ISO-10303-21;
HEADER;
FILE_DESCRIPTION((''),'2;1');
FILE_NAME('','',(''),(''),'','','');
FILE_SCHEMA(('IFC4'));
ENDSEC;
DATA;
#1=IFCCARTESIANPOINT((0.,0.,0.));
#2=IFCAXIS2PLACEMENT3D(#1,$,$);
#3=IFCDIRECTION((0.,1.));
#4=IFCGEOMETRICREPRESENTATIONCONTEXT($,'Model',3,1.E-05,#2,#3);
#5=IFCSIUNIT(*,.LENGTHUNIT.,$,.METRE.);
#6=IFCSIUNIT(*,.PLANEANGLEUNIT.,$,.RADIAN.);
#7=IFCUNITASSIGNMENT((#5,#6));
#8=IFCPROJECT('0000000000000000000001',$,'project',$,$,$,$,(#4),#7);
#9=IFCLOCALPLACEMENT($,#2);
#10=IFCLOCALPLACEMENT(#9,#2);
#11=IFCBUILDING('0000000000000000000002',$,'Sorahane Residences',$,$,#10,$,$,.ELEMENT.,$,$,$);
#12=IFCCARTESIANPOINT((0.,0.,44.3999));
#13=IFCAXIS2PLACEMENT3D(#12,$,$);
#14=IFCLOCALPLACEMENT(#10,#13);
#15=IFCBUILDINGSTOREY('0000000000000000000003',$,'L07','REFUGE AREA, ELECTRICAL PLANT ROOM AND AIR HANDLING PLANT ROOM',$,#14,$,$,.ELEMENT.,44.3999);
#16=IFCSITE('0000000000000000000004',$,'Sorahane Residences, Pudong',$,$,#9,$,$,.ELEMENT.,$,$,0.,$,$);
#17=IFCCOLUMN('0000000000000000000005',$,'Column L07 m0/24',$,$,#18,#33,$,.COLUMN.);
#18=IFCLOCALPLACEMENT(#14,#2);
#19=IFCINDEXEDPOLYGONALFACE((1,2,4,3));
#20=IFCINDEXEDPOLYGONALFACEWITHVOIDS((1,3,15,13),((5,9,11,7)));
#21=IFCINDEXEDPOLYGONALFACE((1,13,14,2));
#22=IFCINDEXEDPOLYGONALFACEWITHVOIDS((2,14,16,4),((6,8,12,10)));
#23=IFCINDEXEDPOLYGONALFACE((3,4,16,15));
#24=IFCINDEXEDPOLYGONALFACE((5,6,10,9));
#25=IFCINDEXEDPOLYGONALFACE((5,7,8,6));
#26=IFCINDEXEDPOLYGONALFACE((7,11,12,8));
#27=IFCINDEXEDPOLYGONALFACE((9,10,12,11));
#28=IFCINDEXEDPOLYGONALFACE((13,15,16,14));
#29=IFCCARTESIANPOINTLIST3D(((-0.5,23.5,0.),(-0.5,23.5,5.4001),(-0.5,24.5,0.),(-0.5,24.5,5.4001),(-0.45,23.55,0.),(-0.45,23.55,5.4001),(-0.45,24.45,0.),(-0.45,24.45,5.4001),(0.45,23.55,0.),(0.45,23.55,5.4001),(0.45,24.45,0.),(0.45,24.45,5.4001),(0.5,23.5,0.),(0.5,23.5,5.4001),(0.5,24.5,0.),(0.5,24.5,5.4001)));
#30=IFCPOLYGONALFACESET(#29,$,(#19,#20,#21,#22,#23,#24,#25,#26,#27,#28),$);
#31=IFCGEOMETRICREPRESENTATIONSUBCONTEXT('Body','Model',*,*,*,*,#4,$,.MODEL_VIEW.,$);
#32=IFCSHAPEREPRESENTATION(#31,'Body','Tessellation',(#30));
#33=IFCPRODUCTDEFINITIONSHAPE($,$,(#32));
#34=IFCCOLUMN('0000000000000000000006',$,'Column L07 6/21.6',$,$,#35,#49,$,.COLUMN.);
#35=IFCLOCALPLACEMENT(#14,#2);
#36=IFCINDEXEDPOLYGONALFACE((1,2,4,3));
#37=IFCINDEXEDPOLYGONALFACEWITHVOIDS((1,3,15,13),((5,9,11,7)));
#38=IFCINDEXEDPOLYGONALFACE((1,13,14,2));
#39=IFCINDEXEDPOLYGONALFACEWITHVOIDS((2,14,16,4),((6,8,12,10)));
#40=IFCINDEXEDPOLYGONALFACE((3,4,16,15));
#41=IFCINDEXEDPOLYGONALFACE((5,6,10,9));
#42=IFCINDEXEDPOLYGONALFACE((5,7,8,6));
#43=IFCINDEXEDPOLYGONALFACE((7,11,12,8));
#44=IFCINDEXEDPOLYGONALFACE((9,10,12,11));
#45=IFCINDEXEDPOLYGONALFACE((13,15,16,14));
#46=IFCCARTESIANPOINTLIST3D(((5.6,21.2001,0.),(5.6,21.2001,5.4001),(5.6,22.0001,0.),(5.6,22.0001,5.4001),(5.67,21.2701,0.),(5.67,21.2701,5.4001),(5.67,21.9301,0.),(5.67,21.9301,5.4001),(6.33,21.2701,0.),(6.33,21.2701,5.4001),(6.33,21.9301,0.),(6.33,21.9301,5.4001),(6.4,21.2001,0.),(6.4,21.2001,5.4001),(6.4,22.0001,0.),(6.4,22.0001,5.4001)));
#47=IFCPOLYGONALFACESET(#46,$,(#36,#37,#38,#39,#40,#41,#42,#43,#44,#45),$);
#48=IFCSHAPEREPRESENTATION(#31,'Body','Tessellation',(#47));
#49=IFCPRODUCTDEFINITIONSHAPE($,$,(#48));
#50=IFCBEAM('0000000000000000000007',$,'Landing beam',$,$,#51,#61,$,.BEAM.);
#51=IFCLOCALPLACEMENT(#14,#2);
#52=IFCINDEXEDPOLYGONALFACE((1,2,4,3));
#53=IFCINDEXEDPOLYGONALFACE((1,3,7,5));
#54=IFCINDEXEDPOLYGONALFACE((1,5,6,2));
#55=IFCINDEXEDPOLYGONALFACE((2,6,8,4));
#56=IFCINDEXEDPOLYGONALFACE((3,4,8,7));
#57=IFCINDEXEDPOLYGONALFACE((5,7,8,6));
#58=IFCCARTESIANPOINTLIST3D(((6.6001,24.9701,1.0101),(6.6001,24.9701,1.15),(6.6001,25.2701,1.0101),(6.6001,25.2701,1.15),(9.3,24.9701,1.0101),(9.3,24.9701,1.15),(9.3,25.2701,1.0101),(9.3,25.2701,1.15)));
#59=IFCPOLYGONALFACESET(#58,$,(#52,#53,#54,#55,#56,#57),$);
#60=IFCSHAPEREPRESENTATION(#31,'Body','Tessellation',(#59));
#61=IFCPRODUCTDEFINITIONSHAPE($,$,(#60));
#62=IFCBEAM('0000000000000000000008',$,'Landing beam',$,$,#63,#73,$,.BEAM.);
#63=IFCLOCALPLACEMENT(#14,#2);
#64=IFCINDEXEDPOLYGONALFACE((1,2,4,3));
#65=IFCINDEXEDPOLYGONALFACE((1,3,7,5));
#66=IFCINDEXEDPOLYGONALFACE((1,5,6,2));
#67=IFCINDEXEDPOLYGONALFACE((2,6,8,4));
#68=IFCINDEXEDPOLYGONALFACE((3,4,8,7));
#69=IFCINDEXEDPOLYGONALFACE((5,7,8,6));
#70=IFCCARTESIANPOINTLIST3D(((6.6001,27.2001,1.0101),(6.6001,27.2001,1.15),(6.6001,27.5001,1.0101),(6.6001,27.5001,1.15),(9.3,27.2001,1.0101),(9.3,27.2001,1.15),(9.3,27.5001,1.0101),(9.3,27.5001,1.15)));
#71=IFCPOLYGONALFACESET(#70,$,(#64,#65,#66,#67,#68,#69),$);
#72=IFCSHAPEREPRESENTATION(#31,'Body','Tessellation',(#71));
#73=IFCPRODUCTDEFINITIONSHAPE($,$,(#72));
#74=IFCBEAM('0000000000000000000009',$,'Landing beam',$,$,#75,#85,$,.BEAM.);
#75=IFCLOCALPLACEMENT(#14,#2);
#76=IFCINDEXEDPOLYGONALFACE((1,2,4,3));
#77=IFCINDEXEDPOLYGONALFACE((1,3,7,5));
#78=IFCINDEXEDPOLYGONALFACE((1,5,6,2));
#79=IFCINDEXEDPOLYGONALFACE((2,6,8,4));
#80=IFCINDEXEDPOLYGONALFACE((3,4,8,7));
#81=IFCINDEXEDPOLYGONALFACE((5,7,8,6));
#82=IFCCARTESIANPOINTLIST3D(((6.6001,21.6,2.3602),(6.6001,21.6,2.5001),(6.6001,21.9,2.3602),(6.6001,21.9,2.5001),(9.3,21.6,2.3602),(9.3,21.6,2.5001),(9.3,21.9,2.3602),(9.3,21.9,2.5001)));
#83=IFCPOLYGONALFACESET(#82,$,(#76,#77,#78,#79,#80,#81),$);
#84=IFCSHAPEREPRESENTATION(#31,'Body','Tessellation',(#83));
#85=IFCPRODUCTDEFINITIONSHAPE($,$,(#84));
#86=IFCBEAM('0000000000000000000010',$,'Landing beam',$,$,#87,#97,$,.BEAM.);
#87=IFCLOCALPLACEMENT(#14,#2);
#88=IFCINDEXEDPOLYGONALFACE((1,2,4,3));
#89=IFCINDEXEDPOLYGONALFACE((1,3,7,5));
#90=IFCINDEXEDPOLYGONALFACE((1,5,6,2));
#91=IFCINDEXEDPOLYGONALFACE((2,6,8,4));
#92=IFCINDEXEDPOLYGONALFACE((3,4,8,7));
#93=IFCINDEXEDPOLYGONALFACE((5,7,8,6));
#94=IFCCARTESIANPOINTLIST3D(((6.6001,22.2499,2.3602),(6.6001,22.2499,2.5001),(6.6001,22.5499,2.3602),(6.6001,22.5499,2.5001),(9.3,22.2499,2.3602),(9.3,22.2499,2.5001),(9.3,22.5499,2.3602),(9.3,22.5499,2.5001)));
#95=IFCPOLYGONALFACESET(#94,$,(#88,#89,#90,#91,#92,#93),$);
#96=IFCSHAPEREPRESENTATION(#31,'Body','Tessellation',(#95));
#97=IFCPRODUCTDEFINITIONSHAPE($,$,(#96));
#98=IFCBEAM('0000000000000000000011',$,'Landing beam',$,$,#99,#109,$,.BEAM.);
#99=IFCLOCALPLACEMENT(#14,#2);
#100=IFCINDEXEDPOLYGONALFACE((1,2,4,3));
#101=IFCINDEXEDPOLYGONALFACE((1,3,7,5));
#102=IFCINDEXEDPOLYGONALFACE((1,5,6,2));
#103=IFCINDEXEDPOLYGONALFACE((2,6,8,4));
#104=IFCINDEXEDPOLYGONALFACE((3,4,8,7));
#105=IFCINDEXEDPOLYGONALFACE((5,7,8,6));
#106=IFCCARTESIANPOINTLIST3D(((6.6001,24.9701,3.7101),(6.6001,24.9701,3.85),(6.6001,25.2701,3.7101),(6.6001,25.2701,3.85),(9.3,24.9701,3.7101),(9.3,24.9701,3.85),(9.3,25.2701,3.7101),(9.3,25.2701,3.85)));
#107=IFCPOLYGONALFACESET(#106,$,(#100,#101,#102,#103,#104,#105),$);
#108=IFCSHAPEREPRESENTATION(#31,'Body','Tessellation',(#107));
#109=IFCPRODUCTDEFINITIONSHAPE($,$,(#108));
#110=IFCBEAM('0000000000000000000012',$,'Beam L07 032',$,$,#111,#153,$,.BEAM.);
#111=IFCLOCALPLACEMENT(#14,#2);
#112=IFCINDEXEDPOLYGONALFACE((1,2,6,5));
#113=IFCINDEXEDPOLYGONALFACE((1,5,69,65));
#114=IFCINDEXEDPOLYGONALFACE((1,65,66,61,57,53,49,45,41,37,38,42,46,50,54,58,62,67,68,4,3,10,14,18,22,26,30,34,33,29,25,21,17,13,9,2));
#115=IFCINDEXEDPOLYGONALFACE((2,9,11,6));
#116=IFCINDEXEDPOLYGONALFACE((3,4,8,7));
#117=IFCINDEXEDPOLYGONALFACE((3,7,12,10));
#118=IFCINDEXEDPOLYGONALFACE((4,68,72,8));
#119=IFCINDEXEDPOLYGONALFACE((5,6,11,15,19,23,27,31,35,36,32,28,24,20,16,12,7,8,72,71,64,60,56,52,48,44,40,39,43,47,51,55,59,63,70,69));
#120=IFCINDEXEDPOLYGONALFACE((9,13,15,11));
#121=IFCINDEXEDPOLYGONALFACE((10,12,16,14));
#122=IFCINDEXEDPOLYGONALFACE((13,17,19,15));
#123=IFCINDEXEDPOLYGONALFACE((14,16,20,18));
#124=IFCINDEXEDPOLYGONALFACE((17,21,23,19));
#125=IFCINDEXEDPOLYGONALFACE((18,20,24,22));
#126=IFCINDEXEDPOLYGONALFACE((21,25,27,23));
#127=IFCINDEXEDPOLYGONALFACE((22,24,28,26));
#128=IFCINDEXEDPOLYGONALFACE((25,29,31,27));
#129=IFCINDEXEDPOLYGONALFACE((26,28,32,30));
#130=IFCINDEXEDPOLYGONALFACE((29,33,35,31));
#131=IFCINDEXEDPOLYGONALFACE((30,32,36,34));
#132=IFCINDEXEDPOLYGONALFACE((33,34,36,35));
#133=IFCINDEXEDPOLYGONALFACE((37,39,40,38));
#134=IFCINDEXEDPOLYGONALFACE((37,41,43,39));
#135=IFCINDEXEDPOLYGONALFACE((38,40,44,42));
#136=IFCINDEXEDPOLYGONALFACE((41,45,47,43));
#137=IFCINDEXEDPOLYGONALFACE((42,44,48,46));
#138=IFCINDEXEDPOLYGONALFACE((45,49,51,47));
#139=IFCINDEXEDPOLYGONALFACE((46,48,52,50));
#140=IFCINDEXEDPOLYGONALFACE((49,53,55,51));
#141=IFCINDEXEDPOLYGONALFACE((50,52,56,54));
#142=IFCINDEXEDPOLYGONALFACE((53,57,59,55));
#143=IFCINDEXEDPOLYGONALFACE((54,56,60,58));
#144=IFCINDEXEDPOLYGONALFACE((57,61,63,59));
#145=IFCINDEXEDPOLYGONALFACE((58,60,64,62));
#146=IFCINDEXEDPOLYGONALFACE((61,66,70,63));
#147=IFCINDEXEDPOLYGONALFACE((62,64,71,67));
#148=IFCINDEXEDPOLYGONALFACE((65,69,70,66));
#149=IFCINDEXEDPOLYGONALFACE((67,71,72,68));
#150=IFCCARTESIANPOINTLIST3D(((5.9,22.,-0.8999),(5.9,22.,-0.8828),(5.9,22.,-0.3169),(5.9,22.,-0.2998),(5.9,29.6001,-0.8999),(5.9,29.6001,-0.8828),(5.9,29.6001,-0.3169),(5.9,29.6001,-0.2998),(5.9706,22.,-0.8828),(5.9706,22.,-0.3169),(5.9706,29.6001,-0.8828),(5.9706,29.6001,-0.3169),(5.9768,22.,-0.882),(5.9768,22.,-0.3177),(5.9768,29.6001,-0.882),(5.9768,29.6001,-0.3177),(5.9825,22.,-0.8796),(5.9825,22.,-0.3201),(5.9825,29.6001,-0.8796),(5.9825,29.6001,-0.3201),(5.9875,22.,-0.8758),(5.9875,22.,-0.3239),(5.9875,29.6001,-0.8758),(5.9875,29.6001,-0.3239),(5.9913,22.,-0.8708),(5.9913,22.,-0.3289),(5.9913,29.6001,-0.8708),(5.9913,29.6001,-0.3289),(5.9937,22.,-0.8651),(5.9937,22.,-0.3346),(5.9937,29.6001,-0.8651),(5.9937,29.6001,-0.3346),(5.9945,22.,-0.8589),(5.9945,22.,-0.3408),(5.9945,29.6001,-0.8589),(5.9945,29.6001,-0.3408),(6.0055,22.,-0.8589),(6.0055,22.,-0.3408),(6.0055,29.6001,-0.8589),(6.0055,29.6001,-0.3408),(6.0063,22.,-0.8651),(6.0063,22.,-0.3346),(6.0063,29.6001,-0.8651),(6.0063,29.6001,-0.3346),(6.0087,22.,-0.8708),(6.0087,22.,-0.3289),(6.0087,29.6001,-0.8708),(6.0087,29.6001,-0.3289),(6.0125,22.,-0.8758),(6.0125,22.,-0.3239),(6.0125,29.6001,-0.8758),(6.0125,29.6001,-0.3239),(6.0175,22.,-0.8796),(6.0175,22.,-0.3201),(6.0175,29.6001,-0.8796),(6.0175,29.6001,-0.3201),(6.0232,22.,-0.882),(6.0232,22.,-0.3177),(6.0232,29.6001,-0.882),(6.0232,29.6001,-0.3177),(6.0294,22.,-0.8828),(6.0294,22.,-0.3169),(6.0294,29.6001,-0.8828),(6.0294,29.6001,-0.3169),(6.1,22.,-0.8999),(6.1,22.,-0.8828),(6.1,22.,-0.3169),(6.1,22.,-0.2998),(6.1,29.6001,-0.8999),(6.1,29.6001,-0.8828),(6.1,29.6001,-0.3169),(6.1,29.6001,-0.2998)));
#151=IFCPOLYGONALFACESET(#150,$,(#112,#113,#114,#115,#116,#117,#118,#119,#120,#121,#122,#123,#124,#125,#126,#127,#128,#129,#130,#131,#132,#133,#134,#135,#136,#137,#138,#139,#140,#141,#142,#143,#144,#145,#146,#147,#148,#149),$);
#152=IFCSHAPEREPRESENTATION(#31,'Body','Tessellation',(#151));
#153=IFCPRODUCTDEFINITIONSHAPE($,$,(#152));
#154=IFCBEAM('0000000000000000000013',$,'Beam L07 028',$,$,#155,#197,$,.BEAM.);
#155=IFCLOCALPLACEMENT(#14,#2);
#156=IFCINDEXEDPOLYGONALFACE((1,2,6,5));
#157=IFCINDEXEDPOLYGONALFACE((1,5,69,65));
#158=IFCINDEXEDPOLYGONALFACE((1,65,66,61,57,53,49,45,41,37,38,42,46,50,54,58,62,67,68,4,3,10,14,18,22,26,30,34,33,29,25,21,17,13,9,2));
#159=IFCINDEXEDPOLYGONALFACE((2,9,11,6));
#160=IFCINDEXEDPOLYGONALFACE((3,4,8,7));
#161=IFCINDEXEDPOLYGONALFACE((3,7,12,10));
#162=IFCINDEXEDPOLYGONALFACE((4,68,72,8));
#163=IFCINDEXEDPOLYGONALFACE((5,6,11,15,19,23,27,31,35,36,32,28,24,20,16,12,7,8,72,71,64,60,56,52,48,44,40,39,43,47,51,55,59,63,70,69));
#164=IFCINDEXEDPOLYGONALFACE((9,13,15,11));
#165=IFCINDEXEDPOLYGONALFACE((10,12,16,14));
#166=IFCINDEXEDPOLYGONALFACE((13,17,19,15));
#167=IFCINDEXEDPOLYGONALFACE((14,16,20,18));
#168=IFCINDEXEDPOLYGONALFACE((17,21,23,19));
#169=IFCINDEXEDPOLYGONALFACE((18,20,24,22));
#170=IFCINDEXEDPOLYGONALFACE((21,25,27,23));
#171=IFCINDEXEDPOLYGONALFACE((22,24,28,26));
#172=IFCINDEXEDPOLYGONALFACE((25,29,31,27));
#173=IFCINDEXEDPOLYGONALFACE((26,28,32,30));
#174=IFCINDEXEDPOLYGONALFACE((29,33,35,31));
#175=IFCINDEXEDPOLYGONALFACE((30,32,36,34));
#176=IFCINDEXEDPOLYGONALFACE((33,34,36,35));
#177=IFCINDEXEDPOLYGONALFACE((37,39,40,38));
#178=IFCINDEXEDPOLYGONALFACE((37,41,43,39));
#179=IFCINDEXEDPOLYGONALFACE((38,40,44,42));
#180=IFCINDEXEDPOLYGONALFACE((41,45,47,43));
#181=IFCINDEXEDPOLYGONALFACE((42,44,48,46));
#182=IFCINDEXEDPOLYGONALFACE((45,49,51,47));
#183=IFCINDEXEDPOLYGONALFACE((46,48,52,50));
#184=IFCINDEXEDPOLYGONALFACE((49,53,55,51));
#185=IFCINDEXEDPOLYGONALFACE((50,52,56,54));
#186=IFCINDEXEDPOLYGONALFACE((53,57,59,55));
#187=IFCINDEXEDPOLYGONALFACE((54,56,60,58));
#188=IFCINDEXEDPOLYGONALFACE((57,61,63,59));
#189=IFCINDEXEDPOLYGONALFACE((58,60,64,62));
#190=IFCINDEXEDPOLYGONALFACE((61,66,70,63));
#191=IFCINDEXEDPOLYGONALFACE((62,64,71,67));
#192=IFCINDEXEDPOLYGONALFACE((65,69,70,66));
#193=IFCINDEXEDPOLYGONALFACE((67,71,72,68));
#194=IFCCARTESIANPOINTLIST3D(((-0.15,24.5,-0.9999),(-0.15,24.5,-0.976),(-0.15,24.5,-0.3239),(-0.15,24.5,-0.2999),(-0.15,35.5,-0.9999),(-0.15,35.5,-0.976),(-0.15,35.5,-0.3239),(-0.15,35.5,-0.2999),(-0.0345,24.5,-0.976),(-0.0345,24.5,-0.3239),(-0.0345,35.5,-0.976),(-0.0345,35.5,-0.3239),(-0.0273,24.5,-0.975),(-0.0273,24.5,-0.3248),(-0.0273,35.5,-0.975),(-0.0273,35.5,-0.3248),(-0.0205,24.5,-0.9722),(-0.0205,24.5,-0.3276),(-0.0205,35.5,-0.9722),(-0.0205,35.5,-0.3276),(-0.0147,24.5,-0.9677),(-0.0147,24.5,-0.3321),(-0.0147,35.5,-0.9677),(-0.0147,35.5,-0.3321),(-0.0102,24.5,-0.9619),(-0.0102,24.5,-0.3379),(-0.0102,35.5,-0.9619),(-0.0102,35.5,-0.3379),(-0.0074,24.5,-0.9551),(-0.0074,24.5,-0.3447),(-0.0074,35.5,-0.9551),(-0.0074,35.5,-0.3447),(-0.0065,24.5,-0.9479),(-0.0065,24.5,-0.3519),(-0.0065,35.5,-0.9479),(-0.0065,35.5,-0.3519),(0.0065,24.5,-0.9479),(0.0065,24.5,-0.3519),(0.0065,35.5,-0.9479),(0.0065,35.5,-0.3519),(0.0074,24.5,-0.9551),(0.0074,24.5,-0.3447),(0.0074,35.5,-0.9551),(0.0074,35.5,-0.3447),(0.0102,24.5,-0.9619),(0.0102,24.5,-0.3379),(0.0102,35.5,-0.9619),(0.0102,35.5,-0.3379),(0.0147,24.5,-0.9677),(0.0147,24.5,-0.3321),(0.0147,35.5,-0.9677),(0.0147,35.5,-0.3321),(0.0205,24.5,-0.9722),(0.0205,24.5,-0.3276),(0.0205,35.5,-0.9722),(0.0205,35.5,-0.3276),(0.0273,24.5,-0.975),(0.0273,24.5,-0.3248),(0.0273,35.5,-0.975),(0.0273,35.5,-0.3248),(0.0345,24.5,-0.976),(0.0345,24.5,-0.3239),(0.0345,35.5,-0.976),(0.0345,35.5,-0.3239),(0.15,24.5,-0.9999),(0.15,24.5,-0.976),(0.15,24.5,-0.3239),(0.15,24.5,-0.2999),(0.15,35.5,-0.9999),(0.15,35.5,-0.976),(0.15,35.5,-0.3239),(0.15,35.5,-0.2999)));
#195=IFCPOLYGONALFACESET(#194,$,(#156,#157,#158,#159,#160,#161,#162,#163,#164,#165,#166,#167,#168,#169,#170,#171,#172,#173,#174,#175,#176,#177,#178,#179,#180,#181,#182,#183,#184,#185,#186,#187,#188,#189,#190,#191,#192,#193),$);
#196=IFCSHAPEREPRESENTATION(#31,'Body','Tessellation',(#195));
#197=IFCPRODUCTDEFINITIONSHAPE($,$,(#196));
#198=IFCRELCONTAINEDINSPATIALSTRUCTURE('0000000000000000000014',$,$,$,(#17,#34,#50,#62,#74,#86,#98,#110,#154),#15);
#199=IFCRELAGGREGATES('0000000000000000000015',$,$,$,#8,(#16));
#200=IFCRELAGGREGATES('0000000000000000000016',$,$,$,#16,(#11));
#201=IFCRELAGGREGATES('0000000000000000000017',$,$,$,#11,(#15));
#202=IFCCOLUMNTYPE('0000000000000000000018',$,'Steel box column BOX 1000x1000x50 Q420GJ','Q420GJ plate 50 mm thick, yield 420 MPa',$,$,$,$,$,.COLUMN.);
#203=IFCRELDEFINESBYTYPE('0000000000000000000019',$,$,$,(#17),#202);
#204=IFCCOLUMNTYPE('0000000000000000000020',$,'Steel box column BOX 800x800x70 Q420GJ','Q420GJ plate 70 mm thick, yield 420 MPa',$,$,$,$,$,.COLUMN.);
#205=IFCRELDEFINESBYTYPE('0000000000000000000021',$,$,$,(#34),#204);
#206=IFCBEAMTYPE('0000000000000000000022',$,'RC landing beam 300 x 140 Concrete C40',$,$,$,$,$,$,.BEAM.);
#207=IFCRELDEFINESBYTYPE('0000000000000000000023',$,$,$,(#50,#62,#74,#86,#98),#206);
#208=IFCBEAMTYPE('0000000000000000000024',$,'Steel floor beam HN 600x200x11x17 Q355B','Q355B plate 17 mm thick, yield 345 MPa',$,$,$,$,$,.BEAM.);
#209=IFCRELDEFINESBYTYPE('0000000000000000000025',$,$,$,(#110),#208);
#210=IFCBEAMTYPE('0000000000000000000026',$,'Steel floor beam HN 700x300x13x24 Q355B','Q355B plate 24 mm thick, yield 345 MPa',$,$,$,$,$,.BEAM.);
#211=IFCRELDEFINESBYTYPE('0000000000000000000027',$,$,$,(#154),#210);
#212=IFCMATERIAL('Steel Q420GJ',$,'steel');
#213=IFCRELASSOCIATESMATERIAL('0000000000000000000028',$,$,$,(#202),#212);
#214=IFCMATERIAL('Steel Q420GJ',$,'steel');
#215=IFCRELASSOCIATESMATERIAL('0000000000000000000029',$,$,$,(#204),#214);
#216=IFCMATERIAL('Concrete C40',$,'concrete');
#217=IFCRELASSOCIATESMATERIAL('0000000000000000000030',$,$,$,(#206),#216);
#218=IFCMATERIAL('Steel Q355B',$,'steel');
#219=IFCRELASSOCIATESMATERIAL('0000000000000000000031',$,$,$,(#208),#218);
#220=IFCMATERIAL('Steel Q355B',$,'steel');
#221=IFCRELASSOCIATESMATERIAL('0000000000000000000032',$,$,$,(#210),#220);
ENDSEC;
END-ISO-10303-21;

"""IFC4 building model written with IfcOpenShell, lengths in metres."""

from ifc_helpers import new_model, si_unit, direction, frame, origin, origin_2d, place, context, subcontext, project, spatial, rectangle, hollow_rectangle, i_section, extrude, material, material_profile, profile_set, type_object, element, save


model = new_model("IFC4")

# Units and contexts
model_context = context("Model", 3, precision=1e-05, world=origin(), true_north=direction((0.0, 1.0)))
body_context = subcontext(model_context, "Body", "Model", "MODEL_VIEW")
ifc_project = project(units=[si_unit("LENGTHUNIT", "METRE"), si_unit("PLANEANGLEUNIT", "RADIAN")], contexts=[model_context])

# Site, building, storey
site_placement = place(None, origin())
site = spatial("IfcSite", under=ifc_project, at=site_placement, Name="Sorahane Residences, Pudong", CompositionType="ELEMENT", RefElevation=0.0)
building_placement = place(site_placement, origin())
building = spatial("IfcBuilding", under=site, at=building_placement, Name="Sorahane Residences", CompositionType="ELEMENT")
storey_placement = place(building_placement, frame((0.0, 0.0, 44.3999)))
storey = spatial("IfcBuildingStorey", under=building, at=storey_placement, Name="L07", Description="REFUGE AREA, ELECTRICAL PLANT ROOM AND AIR HANDLING PLANT ROOM", CompositionType="ELEMENT", Elevation=44.3999)

# Columns
ifc_material_1 = material(Name="Steel Q420GJ", Category="steel")
ifc_material_profile_1 = material_profile(ifc_material_1, hollow_rectangle(XDim=1.0, YDim=1.0, WallThickness=0.05, at=origin_2d()), Name="BOX 1000x1000x50")
ifc_profile_set_1 = profile_set([ifc_material_profile_1], Name="Steel Q420GJ")
column_type_1 = type_object("IfcColumnType", Name="Steel box column BOX 1000x1000x50 Q420GJ", Description="Q420GJ plate 50 mm thick, yield 420 MPa", PredefinedType="COLUMN", material=ifc_profile_set_1)
column_1_placement = place(storey_placement, frame((0.0, 24.0, 0.0), z_axis=(0.0, 0.0, 1.0), x_axis=(1.0, 0.0, 0.0)))
element("IfcColumn", 1, at=column_1_placement, inside=storey, type_object=column_type_1, Name="Column L07 m0/24", PredefinedType="COLUMN", context=body_context, shape_type="SweptSolid", body=[
    extrude(hollow_rectangle(XDim=1.0, YDim=1.0, WallThickness=0.05, at=origin_2d()), origin(), (0.0, 0.0, 1.0), 5.4001),
])
ifc_material_2 = material(Name="Steel Q420GJ", Category="steel")
ifc_material_profile_2 = material_profile(ifc_material_2, hollow_rectangle(XDim=0.8, YDim=0.8, WallThickness=0.0701, at=origin_2d()), Name="BOX 800x800x70")
ifc_profile_set_2 = profile_set([ifc_material_profile_2], Name="Steel Q420GJ")
column_type_2 = type_object("IfcColumnType", Name="Steel box column BOX 800x800x70 Q420GJ", Description="Q420GJ plate 70 mm thick, yield 420 MPa", PredefinedType="COLUMN", material=ifc_profile_set_2)
column_2_placement = place(storey_placement, frame((6.0, 21.6001, 0.0), z_axis=(0.0, 0.0, 1.0), x_axis=(1.0, 0.0, 0.0)))
element("IfcColumn", 2, at=column_2_placement, inside=storey, type_object=column_type_2, Name="Column L07 6/21.6", PredefinedType="COLUMN", context=body_context, shape_type="SweptSolid", body=[
    extrude(hollow_rectangle(XDim=0.8, YDim=0.8, WallThickness=0.0701, at=origin_2d()), origin(), (0.0, 0.0, 1.0), 5.4001),
])

# Beams
ifc_material_3 = material(Name="Concrete C40", Category="concrete")
ifc_material_profile_3 = material_profile(ifc_material_3, rectangle(XDim=0.3, YDim=0.1399, at=origin_2d()), Name="300x140")
ifc_profile_set_3 = profile_set([ifc_material_profile_3], Name="Concrete C40")
beam_type_1 = type_object("IfcBeamType", Name="RC landing beam 300 x 140 Concrete C40", PredefinedType="BEAM", material=ifc_profile_set_3)
for number, where, z_axis, x_axis, name in (
    (3, (6.6001, 25.1201, 1.0801), (1.0, 0.0, 0.0), (0.0, 1.0, 0.0), "Landing beam"),
    (4, (6.6001, 27.3501, 1.0801), (1.0, 0.0, 0.0), (0.0, 1.0, 0.0), "Landing beam"),
    (5, (6.6001, 21.75, 2.4302), (1.0, 0.0, 0.0), (0.0, 1.0, 0.0), "Landing beam"),
    (6, (6.6001, 22.3999, 2.4302), (1.0, 0.0, 0.0), (0.0, 1.0, 0.0), "Landing beam"),
    (7, (6.6001, 25.1201, 3.78), (1.0, 0.0, 0.0), (0.0, 1.0, 0.0), "Landing beam"),
):
    element("IfcBeam", number, at=place(storey_placement, frame(where, z_axis=z_axis, x_axis=x_axis)), inside=storey, type_object=beam_type_1, Name=name, PredefinedType="BEAM", context=body_context, shape_type="SweptSolid", body=[
        extrude(rectangle(XDim=0.3, YDim=0.1399, at=origin_2d()), origin(), (0.0, 0.0, 1.0), 2.7),
    ])
ifc_material_4 = material(Name="Steel Q355B", Category="steel")
ifc_material_profile_4 = material_profile(ifc_material_4, i_section(OverallWidth=0.2, OverallDepth=0.6001, WebThickness=0.011, FlangeThickness=0.0171, FilletRadius=0.0239, at=origin_2d()), Name="HN 600x200x11x17")
ifc_profile_set_4 = profile_set([ifc_material_profile_4], Name="Steel Q355B")
beam_type_2 = type_object("IfcBeamType", Name="Steel floor beam HN 600x200x11x17 Q355B", Description="Q355B plate 17 mm thick, yield 345 MPa", PredefinedType="BEAM", material=ifc_profile_set_4)
beam_1_placement = place(storey_placement, frame((6.0, 22.0, -0.5999), z_axis=(0.0, 1.0, 0.0), x_axis=(-1.0, 0.0, 0.0)))
element("IfcBeam", 8, at=beam_1_placement, inside=storey, type_object=beam_type_2, Name="Beam L07 032", PredefinedType="BEAM", context=body_context, shape_type="SweptSolid", body=[
    extrude(i_section(OverallWidth=0.2, OverallDepth=0.6001, WebThickness=0.011, FlangeThickness=0.0171, FilletRadius=0.0239, at=origin_2d()), origin(), (0.0, 0.0, 1.0), 7.6001),
])
ifc_material_5 = material(Name="Steel Q355B", Category="steel")
ifc_material_profile_5 = material_profile(ifc_material_5, i_section(OverallWidth=0.3, OverallDepth=0.7, WebThickness=0.0129, FlangeThickness=0.0239, FilletRadius=0.0281, at=origin_2d()), Name="HN 700x300x13x24")
ifc_profile_set_5 = profile_set([ifc_material_profile_5], Name="Steel Q355B")
beam_type_3 = type_object("IfcBeamType", Name="Steel floor beam HN 700x300x13x24 Q355B", Description="Q355B plate 24 mm thick, yield 345 MPa", PredefinedType="BEAM", material=ifc_profile_set_5)
beam_2_placement = place(storey_placement, frame((0.0, 24.5, -0.6499), z_axis=(0.0, 1.0, 0.0), x_axis=(-1.0, 0.0, 0.0)))
element("IfcBeam", 9, at=beam_2_placement, inside=storey, type_object=beam_type_3, Name="Beam L07 028", PredefinedType="BEAM", context=body_context, shape_type="SweptSolid", body=[
    extrude(i_section(OverallWidth=0.3, OverallDepth=0.7, WebThickness=0.0129, FlangeThickness=0.0239, FilletRadius=0.0281, at=origin_2d()), origin(), (0.0, 0.0, 1.0), 11.0),
])

save(model, "model.ifc")
